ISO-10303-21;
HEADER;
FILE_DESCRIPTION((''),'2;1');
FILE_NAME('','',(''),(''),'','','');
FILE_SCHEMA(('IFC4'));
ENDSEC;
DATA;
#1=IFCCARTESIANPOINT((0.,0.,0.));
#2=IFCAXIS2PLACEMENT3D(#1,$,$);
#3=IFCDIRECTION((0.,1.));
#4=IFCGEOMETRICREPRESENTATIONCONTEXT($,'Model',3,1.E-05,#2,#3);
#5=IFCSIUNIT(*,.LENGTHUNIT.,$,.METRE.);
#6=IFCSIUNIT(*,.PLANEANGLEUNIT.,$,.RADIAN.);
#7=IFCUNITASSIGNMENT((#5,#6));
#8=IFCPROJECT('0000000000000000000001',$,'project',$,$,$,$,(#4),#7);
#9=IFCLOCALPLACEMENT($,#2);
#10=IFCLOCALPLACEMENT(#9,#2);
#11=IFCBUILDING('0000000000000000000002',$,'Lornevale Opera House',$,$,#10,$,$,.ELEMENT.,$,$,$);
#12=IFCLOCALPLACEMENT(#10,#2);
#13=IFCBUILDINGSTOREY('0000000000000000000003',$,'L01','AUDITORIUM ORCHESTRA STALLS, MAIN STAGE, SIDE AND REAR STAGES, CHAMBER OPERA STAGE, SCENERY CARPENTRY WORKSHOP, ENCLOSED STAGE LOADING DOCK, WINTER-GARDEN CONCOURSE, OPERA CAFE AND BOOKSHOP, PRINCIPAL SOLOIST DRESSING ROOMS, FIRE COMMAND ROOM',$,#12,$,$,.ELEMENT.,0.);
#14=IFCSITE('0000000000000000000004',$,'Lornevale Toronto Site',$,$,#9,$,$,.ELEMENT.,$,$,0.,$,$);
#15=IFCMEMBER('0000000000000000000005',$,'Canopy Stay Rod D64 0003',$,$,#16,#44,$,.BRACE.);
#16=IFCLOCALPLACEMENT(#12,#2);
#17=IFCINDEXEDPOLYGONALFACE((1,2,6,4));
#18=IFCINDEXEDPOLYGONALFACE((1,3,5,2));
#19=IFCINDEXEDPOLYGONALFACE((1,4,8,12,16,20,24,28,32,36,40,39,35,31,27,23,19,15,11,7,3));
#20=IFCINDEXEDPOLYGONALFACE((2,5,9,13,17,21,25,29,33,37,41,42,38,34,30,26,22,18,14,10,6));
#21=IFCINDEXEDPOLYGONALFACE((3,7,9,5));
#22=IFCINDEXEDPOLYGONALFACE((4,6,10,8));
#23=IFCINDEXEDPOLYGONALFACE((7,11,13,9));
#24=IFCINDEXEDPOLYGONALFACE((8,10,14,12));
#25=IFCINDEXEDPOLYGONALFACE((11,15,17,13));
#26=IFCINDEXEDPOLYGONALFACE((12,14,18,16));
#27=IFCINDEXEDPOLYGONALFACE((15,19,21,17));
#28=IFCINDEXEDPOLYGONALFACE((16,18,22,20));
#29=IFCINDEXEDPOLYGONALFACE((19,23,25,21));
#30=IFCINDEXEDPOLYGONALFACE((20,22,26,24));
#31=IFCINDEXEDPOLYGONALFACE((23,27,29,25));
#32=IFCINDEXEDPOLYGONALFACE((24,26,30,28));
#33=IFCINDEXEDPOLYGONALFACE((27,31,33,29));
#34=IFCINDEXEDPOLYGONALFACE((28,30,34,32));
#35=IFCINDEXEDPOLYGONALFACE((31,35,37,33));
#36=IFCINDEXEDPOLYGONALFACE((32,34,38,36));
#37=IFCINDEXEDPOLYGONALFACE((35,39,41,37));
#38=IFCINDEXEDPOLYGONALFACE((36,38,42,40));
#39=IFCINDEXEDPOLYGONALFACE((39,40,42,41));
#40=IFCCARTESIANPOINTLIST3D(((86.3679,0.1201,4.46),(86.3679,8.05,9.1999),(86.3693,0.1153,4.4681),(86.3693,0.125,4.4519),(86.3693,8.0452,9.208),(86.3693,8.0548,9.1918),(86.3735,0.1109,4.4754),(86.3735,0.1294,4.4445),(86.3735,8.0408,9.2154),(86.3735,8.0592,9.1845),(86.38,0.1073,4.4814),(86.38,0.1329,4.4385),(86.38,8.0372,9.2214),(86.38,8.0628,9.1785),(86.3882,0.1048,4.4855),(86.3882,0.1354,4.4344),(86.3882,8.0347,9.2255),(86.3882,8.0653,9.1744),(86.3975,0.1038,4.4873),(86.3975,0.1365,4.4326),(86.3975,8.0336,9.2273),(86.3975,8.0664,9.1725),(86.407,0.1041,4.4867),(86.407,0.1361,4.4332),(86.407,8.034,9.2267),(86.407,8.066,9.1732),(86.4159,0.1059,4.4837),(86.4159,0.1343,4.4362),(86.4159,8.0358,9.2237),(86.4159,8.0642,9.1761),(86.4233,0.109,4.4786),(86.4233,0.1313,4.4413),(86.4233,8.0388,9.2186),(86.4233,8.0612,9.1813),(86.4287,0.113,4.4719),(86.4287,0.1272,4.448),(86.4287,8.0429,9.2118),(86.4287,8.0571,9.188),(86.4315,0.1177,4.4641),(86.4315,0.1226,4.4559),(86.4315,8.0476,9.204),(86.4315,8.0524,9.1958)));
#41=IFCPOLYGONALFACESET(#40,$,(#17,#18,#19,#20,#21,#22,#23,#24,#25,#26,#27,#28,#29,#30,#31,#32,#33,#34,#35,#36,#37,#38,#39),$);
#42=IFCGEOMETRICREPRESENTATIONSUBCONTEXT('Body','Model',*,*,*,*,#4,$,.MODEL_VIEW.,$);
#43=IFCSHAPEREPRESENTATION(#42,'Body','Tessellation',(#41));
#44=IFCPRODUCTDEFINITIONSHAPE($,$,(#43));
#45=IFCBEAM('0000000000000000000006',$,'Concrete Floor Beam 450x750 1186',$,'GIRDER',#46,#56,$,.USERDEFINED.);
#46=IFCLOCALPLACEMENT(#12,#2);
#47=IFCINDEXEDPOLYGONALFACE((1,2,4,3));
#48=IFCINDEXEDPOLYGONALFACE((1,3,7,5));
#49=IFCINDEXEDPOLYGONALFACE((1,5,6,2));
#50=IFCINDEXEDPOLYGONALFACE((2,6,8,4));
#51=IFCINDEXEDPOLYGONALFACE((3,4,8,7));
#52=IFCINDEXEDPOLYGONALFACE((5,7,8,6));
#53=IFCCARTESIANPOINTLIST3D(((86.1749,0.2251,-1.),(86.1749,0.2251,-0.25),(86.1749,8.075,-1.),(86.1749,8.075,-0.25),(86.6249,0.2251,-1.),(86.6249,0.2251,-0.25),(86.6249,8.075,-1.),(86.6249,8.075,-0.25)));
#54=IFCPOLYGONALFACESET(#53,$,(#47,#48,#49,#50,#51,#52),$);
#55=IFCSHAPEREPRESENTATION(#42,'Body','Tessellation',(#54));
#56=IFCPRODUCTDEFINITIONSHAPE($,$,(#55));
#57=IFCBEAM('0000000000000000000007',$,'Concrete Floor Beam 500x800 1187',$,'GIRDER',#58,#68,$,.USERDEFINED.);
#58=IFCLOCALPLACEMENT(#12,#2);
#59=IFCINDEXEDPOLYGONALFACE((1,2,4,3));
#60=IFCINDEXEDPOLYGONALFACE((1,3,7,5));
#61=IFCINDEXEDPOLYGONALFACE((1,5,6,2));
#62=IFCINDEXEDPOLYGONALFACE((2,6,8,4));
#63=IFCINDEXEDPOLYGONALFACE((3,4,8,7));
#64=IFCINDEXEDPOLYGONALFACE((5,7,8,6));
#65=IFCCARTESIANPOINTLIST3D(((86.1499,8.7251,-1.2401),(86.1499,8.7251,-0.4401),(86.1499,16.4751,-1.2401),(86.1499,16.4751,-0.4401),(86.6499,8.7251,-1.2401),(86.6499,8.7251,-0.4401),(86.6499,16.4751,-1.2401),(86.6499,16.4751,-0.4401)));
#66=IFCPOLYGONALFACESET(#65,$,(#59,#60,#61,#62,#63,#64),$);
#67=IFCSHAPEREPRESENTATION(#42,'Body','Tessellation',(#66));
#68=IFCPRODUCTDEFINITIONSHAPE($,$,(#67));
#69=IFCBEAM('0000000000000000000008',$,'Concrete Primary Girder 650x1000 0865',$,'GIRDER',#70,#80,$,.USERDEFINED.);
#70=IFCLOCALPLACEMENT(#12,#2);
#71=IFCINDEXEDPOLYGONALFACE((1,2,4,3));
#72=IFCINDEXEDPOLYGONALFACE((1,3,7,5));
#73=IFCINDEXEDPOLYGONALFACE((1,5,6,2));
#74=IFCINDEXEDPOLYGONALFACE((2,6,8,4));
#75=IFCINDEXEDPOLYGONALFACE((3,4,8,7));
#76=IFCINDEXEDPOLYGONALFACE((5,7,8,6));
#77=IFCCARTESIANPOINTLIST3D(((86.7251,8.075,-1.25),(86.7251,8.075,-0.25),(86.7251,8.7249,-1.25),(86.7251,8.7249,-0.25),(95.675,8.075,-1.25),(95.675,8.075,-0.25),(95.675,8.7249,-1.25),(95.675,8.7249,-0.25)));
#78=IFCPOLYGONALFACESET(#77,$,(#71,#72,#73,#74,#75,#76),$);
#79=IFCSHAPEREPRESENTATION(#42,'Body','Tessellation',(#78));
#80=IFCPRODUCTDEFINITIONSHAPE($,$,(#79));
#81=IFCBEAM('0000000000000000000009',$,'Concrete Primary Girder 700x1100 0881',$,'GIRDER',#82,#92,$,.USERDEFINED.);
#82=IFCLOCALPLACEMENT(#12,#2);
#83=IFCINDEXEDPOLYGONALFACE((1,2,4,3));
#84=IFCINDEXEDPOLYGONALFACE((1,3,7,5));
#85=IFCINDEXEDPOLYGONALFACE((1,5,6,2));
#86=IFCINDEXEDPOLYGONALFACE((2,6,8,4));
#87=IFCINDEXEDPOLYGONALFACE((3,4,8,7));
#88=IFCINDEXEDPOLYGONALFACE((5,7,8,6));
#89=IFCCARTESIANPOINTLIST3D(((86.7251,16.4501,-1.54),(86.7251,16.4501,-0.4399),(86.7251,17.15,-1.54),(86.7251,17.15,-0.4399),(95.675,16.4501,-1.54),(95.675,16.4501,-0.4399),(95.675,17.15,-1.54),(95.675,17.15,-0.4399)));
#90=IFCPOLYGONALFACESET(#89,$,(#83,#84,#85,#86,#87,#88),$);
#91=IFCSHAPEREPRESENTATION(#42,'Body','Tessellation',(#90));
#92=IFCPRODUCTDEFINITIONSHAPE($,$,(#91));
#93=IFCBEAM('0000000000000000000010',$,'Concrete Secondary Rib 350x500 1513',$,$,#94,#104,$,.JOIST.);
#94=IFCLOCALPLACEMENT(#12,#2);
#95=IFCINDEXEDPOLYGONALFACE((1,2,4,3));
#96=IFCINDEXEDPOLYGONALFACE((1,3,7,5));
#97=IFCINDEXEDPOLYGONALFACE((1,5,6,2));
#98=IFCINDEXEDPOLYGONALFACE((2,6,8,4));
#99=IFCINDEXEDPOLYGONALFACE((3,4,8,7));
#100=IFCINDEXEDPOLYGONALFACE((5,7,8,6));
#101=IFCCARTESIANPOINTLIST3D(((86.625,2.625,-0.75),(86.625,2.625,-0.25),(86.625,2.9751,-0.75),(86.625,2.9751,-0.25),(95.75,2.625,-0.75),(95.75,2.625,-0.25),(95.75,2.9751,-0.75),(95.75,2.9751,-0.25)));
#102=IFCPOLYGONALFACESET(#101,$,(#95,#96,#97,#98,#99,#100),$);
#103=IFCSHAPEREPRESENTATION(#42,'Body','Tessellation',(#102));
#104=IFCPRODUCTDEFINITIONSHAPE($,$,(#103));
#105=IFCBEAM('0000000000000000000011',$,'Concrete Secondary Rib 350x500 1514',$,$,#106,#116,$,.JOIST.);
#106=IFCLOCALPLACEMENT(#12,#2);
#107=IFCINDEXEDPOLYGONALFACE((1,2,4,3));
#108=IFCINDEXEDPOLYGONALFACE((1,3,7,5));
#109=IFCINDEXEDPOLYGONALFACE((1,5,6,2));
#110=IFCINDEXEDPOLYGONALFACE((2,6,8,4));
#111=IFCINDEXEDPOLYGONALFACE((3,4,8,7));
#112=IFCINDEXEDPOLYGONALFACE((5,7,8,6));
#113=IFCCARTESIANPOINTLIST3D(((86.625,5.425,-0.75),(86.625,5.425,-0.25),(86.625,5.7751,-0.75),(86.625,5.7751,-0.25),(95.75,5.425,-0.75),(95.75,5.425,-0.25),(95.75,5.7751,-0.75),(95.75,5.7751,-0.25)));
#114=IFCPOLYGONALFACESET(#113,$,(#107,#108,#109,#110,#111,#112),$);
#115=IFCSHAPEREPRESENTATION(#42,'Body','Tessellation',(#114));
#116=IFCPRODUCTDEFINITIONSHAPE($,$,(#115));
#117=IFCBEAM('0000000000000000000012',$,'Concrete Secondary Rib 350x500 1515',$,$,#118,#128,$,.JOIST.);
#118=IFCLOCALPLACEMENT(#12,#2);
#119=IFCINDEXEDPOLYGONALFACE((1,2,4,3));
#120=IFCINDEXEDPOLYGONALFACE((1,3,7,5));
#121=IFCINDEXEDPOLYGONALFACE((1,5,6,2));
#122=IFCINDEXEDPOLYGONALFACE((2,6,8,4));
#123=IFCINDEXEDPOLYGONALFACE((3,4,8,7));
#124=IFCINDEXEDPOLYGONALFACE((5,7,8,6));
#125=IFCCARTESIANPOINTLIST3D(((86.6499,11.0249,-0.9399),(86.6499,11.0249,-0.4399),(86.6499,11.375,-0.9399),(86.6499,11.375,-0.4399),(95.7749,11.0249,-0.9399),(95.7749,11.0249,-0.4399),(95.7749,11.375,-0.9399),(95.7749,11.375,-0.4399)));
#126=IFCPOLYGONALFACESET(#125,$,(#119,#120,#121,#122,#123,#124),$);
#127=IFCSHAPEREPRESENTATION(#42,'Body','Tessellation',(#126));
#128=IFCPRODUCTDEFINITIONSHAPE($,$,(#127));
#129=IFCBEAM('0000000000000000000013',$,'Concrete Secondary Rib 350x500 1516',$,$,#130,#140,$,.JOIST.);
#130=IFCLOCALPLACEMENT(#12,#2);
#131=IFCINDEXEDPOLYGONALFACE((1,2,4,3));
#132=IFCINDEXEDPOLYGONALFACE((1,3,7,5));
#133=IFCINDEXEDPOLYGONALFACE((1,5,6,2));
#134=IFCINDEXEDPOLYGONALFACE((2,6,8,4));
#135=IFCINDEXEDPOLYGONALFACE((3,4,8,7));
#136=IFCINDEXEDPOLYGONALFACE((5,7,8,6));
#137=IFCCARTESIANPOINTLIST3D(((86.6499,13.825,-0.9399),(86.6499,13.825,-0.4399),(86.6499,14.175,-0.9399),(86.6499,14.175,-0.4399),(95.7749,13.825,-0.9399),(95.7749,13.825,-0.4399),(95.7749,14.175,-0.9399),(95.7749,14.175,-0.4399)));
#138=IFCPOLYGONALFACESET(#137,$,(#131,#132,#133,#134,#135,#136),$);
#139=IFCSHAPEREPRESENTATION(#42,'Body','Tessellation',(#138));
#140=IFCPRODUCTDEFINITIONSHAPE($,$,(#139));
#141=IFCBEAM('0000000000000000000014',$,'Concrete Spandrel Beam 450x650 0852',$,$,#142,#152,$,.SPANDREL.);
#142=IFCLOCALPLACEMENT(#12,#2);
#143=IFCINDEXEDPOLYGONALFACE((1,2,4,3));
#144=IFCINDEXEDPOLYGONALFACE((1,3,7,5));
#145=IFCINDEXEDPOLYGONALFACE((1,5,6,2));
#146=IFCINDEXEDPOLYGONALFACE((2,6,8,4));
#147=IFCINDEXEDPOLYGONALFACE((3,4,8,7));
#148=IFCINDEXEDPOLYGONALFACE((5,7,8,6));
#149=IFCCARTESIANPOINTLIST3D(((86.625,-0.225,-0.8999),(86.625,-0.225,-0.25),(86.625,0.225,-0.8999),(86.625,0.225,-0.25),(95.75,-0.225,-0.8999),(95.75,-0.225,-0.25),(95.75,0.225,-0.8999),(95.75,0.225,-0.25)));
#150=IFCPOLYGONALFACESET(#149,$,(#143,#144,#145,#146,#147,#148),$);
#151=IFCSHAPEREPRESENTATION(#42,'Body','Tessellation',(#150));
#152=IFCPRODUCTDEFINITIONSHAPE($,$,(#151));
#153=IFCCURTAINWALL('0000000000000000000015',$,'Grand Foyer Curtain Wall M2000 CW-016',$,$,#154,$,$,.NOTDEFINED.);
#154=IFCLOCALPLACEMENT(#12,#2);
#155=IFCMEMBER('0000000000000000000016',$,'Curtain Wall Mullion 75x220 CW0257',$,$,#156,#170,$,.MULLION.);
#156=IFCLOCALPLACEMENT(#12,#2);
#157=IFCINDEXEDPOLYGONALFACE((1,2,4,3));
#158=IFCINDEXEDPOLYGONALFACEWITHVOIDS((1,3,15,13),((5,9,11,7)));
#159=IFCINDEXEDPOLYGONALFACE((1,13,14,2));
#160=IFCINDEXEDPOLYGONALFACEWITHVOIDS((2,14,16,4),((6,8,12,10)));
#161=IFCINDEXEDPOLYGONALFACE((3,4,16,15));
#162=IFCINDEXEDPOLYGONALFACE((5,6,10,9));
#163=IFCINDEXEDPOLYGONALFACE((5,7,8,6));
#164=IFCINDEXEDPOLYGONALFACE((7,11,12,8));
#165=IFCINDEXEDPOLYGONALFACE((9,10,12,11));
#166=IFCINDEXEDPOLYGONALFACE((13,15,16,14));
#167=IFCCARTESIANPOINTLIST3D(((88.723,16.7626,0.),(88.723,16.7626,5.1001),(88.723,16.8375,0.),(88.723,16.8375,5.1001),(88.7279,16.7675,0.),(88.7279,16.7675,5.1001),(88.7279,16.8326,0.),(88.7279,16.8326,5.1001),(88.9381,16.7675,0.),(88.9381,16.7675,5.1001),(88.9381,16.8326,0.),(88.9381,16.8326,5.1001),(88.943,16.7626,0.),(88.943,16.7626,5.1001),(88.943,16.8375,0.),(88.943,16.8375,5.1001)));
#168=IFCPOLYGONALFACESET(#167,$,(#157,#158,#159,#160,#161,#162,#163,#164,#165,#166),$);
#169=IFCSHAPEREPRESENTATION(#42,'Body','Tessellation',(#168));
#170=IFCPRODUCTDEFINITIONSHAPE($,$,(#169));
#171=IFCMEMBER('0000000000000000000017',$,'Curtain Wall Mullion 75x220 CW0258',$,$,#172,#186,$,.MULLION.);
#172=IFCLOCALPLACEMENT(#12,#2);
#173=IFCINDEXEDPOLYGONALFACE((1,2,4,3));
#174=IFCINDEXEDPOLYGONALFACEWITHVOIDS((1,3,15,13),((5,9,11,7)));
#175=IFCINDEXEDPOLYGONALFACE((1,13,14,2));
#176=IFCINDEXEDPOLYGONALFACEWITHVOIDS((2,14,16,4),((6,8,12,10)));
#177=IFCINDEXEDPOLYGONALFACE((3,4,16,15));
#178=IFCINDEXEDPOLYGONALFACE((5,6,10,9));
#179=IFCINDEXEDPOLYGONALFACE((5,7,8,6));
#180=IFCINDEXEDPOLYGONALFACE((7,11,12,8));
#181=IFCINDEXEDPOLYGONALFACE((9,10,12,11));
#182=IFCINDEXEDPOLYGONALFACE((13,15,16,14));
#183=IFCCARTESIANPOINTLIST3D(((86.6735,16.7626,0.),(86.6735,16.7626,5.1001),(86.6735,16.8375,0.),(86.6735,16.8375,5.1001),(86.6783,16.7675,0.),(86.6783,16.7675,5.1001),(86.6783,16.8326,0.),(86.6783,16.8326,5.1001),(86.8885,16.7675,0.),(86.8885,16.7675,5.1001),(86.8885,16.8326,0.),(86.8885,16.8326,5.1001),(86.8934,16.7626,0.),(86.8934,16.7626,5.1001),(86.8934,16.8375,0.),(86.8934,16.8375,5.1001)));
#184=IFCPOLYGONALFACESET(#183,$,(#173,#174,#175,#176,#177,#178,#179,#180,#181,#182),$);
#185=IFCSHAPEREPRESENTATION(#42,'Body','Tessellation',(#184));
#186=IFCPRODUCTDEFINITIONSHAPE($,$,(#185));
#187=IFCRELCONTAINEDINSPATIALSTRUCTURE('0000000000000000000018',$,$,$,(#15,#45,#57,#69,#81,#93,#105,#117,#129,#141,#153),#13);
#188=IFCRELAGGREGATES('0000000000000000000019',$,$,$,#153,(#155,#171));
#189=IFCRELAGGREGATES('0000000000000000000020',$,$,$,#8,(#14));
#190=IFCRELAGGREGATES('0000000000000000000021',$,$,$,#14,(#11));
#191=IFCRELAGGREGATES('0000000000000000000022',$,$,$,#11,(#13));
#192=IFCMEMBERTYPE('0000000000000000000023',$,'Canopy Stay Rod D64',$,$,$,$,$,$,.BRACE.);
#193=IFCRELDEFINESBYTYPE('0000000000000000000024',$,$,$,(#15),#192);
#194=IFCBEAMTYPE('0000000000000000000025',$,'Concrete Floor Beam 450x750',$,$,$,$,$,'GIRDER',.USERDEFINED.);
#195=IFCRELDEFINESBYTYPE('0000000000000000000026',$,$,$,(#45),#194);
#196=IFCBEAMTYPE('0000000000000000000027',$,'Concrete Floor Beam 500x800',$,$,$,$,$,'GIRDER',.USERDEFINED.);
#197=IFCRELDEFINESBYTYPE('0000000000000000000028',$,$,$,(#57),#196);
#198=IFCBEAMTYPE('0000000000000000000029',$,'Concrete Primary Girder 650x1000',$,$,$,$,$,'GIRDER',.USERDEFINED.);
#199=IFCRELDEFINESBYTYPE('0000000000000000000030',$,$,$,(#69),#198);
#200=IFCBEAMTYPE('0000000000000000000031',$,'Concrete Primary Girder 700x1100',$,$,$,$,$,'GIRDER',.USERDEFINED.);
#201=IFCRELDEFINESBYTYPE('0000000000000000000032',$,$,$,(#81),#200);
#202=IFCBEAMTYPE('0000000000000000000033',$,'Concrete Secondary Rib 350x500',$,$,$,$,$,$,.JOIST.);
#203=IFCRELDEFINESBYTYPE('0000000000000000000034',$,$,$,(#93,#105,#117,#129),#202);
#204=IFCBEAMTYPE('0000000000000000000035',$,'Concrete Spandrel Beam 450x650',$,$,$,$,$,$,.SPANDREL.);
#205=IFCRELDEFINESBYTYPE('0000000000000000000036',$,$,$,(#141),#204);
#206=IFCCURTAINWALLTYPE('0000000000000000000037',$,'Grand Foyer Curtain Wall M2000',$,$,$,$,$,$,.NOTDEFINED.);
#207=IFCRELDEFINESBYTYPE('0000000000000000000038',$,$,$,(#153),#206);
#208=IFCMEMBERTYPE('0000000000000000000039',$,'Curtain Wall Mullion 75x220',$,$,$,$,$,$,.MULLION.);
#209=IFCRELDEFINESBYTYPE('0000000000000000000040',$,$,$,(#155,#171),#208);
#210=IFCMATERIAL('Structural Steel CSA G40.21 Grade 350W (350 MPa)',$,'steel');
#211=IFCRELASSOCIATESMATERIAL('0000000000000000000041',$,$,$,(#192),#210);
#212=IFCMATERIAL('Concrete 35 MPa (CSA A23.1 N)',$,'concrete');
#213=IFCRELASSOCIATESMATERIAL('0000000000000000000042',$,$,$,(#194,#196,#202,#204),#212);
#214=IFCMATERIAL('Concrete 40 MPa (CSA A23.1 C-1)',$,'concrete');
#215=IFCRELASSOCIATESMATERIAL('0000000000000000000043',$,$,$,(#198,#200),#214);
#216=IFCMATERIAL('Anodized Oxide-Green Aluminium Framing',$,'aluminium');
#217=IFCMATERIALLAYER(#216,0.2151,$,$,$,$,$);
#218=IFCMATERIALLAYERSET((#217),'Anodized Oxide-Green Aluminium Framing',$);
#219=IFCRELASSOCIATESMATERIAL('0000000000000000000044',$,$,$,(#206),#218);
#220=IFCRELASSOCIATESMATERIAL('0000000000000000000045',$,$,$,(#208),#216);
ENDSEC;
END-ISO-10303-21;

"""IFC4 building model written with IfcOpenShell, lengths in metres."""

from ifc_helpers import new_model, si_unit, direction, frame, origin, origin_2d, place, context, subcontext, project, spatial, rectangle, hollow_rectangle, circle, extrude, material, layer, layer_set, material_profile, profile_set, type_object, element, aggregate, save


model = new_model("IFC4")

# Units and contexts
model_context = context("Model", 3, precision=1e-05, world=origin(), true_north=direction((0.0, 1.0)))
body_context = subcontext(model_context, "Body", "Model", "MODEL_VIEW")
ifc_project = project(units=[si_unit("LENGTHUNIT", "METRE"), si_unit("PLANEANGLEUNIT", "RADIAN")], contexts=[model_context])

# Site, building, storey
site_placement = place(None, origin())
site = spatial("IfcSite", under=ifc_project, at=site_placement, Name="Lornevale Toronto Site", CompositionType="ELEMENT", RefElevation=0.0)
building_placement = place(site_placement, origin())
building = spatial("IfcBuilding", under=site, at=building_placement, Name="Lornevale Opera House", CompositionType="ELEMENT")
storey_placement = place(building_placement, origin())
storey = spatial("IfcBuildingStorey", under=building, at=storey_placement, Name="L01", Description="AUDITORIUM ORCHESTRA STALLS, MAIN STAGE, SIDE AND REAR STAGES, CHAMBER OPERA STAGE, SCENERY CARPENTRY WORKSHOP, ENCLOSED STAGE LOADING DOCK, WINTER-GARDEN CONCOURSE, OPERA CAFE AND BOOKSHOP, PRINCIPAL SOLOIST DRESSING ROOMS, FIRE COMMAND ROOM", CompositionType="ELEMENT", Elevation=0.0)

# Shared definitions
ifc_material_1 = material(Name="Concrete 40 MPa (CSA A23.1 C-1)", Category="concrete")
ifc_material_2 = material(Name="Structural Steel CSA G40.21 Grade 350W (350 MPa)", Category="steel")

# Member
ifc_material_profile_1 = material_profile(ifc_material_2, circle(Radius=0.032, at=origin_2d()), Name="ROD64")
ifc_profile_set_1 = profile_set([ifc_material_profile_1], Name="Structural Steel CSA G40.21 Grade 350W (350 MPa)")
member_type_1 = type_object("IfcMemberType", Name="Canopy Stay Rod D64", PredefinedType="BRACE", material=ifc_profile_set_1)
member_1_placement = place(storey_placement, frame((86.3999, 0.1201, 4.46), z_axis=(0.0, 0.85835, 0.513065), x_axis=(-1.0, 0.0, 0.0)))
element("IfcMember", 1, at=member_1_placement, inside=storey, type_object=member_type_1, Name="Canopy Stay Rod D64 0003", PredefinedType="BRACE", context=body_context, shape_type="SweptSolid", body=[
    extrude(circle(Radius=0.032, at=origin_2d()), origin(), (0.0, 0.0, 1.0), 9.2385),
])

# Beams
ifc_material_3 = material(Name="Concrete 35 MPa (CSA A23.1 N)", Category="concrete")
ifc_material_profile_2 = material_profile(ifc_material_3, rectangle(XDim=0.45, YDim=0.75, at=origin_2d()), Name="RC450x750")
ifc_profile_set_2 = profile_set([ifc_material_profile_2], Name="Concrete 35 MPa (CSA A23.1 N)")
beam_type_1 = type_object("IfcBeamType", Name="Concrete Floor Beam 450x750", ElementType="GIRDER", PredefinedType="USERDEFINED", material=ifc_profile_set_2)
beam_1_placement = place(storey_placement, frame((86.3999, 0.2251, -0.625), z_axis=(0.0, 1.0, 0.0), x_axis=(-1.0, 0.0, 0.0)))
element("IfcBeam", 2, at=beam_1_placement, inside=storey, type_object=beam_type_1, Name="Concrete Floor Beam 450x750 1186", ObjectType="GIRDER", PredefinedType="USERDEFINED", context=body_context, shape_type="SweptSolid", body=[
    extrude(rectangle(XDim=0.45, YDim=0.75, at=origin_2d()), origin(), (0.0, 0.0, 1.0), 7.8499),
])
ifc_material_profile_3 = material_profile(ifc_material_3, rectangle(XDim=0.5, YDim=0.8, at=origin_2d()), Name="RC500x800")
ifc_profile_set_3 = profile_set([ifc_material_profile_3], Name="Concrete 35 MPa (CSA A23.1 N)")
beam_type_2 = type_object("IfcBeamType", Name="Concrete Floor Beam 500x800", ElementType="GIRDER", PredefinedType="USERDEFINED", material=ifc_profile_set_3)
beam_2_placement = place(storey_placement, frame((86.3999, 8.7251, -0.8401), z_axis=(0.0, 1.0, 0.0), x_axis=(-1.0, 0.0, 0.0)))
element("IfcBeam", 3, at=beam_2_placement, inside=storey, type_object=beam_type_2, Name="Concrete Floor Beam 500x800 1187", ObjectType="GIRDER", PredefinedType="USERDEFINED", context=body_context, shape_type="SweptSolid", body=[
    extrude(rectangle(XDim=0.5, YDim=0.8, at=origin_2d()), origin(), (0.0, 0.0, 1.0), 7.75),
])
ifc_material_profile_4 = material_profile(ifc_material_1, rectangle(XDim=0.6499, YDim=1.0, at=origin_2d()), Name="RC650x1000")
ifc_profile_set_4 = profile_set([ifc_material_profile_4], Name="Concrete 40 MPa (CSA A23.1 C-1)")
beam_type_3 = type_object("IfcBeamType", Name="Concrete Primary Girder 650x1000", ElementType="GIRDER", PredefinedType="USERDEFINED", material=ifc_profile_set_4)
beam_3_placement = place(storey_placement, frame((86.7251, 8.3999, -0.75), z_axis=(1.0, 0.0, 0.0), x_axis=(0.0, 1.0, 0.0)))
element("IfcBeam", 4, at=beam_3_placement, inside=storey, type_object=beam_type_3, Name="Concrete Primary Girder 650x1000 0865", ObjectType="GIRDER", PredefinedType="USERDEFINED", context=body_context, shape_type="SweptSolid", body=[
    extrude(rectangle(XDim=0.6499, YDim=1.0, at=origin_2d()), origin(), (0.0, 0.0, 1.0), 8.95),
])
ifc_material_profile_5 = material_profile(ifc_material_1, rectangle(XDim=0.7, YDim=1.1001, at=origin_2d()), Name="RC700x1100")
ifc_profile_set_5 = profile_set([ifc_material_profile_5], Name="Concrete 40 MPa (CSA A23.1 C-1)")
beam_type_4 = type_object("IfcBeamType", Name="Concrete Primary Girder 700x1100", ElementType="GIRDER", PredefinedType="USERDEFINED", material=ifc_profile_set_5)
beam_4_placement = place(storey_placement, frame((86.7251, 16.8, -0.99), z_axis=(1.0, 0.0, 0.0), x_axis=(0.0, 1.0, 0.0)))
element("IfcBeam", 5, at=beam_4_placement, inside=storey, type_object=beam_type_4, Name="Concrete Primary Girder 700x1100 0881", ObjectType="GIRDER", PredefinedType="USERDEFINED", context=body_context, shape_type="SweptSolid", body=[
    extrude(rectangle(XDim=0.7, YDim=1.1001, at=origin_2d()), origin(), (0.0, 0.0, 1.0), 8.95),
])
ifc_material_profile_6 = material_profile(ifc_material_3, rectangle(XDim=0.3501, YDim=0.5, at=origin_2d()), Name="RC350x500")
ifc_profile_set_6 = profile_set([ifc_material_profile_6], Name="Concrete 35 MPa (CSA A23.1 N)")
beam_type_5 = type_object("IfcBeamType", Name="Concrete Secondary Rib 350x500", PredefinedType="JOIST", material=ifc_profile_set_6)
for number, where, z_axis, x_axis, name in (
    (6, (86.625, 2.8, -0.5), (1.0, 0.0, 0.0), (0.0, 1.0, 0.0), "Concrete Secondary Rib 350x500 1513"),
    (7, (86.625, 5.6001, -0.5), (1.0, 0.0, 0.0), (0.0, 1.0, 0.0), "Concrete Secondary Rib 350x500 1514"),
    (8, (86.6499, 11.2, -0.6899), (1.0, 0.0, 0.0), (0.0, 1.0, 0.0), "Concrete Secondary Rib 350x500 1515"),
    (9, (86.6499, 14.0, -0.6899), (1.0, 0.0, 0.0), (0.0, 1.0, 0.0), "Concrete Secondary Rib 350x500 1516"),
):
    element("IfcBeam", number, at=place(storey_placement, frame(where, z_axis=z_axis, x_axis=x_axis)), inside=storey, type_object=beam_type_5, Name=name, PredefinedType="JOIST", context=body_context, shape_type="SweptSolid", body=[
        extrude(rectangle(XDim=0.3501, YDim=0.5, at=origin_2d()), origin(), (0.0, 0.0, 1.0), 9.125),
    ])
ifc_material_profile_7 = material_profile(ifc_material_3, rectangle(XDim=0.45, YDim=0.6499, at=origin_2d()), Name="RC450x650")
ifc_profile_set_7 = profile_set([ifc_material_profile_7], Name="Concrete 35 MPa (CSA A23.1 N)")
beam_type_6 = type_object("IfcBeamType", Name="Concrete Spandrel Beam 450x650", PredefinedType="SPANDREL", material=ifc_profile_set_7)
beam_5_placement = place(storey_placement, frame((86.625, 0.0, -0.575), z_axis=(1.0, 0.0, 0.0), x_axis=(0.0, 1.0, 0.0)))
element("IfcBeam", 10, at=beam_5_placement, inside=storey, type_object=beam_type_6, Name="Concrete Spandrel Beam 450x650 0852", PredefinedType="SPANDREL", context=body_context, shape_type="SweptSolid", body=[
    extrude(rectangle(XDim=0.45, YDim=0.6499, at=origin_2d()), origin(), (0.0, 0.0, 1.0), 9.125),
])

# Curtain wall, members
ifc_material_4 = material(Name="Anodized Oxide-Green Aluminium Framing", Category="aluminium")
ifc_layer_1 = layer(ifc_material_4, 0.2151)
ifc_layer_set_1 = layer_set([ifc_layer_1], Name="Anodized Oxide-Green Aluminium Framing")
curtain_wall_type = type_object("IfcCurtainWallType", Name="Grand Foyer Curtain Wall M2000", PredefinedType="NOTDEFINED", material=ifc_layer_set_1)
curtain_wall_placement = place(storey_placement, origin())
curtain_wall = element("IfcCurtainWall", 11, at=curtain_wall_placement, inside=storey, type_object=curtain_wall_type, Name="Grand Foyer Curtain Wall M2000 CW-016", PredefinedType="NOTDEFINED")
ifc_material_profile_8 = material_profile(ifc_material_4, hollow_rectangle(XDim=0.075, YDim=0.22, WallThickness=0.0049, at=origin_2d()), Name="ALU75x220x5")
ifc_profile_set_8 = profile_set([ifc_material_profile_8], Name="Anodized Oxide-Green Aluminium Framing")
member_type_2 = type_object("IfcMemberType", Name="Curtain Wall Mullion 75x220", PredefinedType="MULLION", material=ifc_profile_set_8)
member_2_placement = place(storey_placement, frame((88.833, 16.8, 0.0), z_axis=(0.0, 0.0, 1.0), x_axis=(0.0, -1.0, 0.0)))
member_2 = element("IfcMember", 12, at=member_2_placement, type_object=member_type_2, Name="Curtain Wall Mullion 75x220 CW0257", PredefinedType="MULLION", context=body_context, shape_type="SweptSolid", body=[
    extrude(hollow_rectangle(XDim=0.075, YDim=0.22, WallThickness=0.0049, at=origin_2d()), origin(), (0.0, 0.0, 1.0), 5.1001),
])
member_3_placement = place(storey_placement, frame((86.7834, 16.8, 0.0), z_axis=(0.0, 0.0, 1.0), x_axis=(0.0, -1.0, 0.0)))
member_3 = element("IfcMember", 13, at=member_3_placement, type_object=member_type_2, Name="Curtain Wall Mullion 75x220 CW0258", PredefinedType="MULLION", context=body_context, shape_type="SweptSolid", body=[
    extrude(hollow_rectangle(XDim=0.075, YDim=0.22, WallThickness=0.0049, at=origin_2d()), origin(), (0.0, 0.0, 1.0), 5.1001),
])

aggregate(curtain_wall, [member_2, member_3])

save(model, "model.ifc")
